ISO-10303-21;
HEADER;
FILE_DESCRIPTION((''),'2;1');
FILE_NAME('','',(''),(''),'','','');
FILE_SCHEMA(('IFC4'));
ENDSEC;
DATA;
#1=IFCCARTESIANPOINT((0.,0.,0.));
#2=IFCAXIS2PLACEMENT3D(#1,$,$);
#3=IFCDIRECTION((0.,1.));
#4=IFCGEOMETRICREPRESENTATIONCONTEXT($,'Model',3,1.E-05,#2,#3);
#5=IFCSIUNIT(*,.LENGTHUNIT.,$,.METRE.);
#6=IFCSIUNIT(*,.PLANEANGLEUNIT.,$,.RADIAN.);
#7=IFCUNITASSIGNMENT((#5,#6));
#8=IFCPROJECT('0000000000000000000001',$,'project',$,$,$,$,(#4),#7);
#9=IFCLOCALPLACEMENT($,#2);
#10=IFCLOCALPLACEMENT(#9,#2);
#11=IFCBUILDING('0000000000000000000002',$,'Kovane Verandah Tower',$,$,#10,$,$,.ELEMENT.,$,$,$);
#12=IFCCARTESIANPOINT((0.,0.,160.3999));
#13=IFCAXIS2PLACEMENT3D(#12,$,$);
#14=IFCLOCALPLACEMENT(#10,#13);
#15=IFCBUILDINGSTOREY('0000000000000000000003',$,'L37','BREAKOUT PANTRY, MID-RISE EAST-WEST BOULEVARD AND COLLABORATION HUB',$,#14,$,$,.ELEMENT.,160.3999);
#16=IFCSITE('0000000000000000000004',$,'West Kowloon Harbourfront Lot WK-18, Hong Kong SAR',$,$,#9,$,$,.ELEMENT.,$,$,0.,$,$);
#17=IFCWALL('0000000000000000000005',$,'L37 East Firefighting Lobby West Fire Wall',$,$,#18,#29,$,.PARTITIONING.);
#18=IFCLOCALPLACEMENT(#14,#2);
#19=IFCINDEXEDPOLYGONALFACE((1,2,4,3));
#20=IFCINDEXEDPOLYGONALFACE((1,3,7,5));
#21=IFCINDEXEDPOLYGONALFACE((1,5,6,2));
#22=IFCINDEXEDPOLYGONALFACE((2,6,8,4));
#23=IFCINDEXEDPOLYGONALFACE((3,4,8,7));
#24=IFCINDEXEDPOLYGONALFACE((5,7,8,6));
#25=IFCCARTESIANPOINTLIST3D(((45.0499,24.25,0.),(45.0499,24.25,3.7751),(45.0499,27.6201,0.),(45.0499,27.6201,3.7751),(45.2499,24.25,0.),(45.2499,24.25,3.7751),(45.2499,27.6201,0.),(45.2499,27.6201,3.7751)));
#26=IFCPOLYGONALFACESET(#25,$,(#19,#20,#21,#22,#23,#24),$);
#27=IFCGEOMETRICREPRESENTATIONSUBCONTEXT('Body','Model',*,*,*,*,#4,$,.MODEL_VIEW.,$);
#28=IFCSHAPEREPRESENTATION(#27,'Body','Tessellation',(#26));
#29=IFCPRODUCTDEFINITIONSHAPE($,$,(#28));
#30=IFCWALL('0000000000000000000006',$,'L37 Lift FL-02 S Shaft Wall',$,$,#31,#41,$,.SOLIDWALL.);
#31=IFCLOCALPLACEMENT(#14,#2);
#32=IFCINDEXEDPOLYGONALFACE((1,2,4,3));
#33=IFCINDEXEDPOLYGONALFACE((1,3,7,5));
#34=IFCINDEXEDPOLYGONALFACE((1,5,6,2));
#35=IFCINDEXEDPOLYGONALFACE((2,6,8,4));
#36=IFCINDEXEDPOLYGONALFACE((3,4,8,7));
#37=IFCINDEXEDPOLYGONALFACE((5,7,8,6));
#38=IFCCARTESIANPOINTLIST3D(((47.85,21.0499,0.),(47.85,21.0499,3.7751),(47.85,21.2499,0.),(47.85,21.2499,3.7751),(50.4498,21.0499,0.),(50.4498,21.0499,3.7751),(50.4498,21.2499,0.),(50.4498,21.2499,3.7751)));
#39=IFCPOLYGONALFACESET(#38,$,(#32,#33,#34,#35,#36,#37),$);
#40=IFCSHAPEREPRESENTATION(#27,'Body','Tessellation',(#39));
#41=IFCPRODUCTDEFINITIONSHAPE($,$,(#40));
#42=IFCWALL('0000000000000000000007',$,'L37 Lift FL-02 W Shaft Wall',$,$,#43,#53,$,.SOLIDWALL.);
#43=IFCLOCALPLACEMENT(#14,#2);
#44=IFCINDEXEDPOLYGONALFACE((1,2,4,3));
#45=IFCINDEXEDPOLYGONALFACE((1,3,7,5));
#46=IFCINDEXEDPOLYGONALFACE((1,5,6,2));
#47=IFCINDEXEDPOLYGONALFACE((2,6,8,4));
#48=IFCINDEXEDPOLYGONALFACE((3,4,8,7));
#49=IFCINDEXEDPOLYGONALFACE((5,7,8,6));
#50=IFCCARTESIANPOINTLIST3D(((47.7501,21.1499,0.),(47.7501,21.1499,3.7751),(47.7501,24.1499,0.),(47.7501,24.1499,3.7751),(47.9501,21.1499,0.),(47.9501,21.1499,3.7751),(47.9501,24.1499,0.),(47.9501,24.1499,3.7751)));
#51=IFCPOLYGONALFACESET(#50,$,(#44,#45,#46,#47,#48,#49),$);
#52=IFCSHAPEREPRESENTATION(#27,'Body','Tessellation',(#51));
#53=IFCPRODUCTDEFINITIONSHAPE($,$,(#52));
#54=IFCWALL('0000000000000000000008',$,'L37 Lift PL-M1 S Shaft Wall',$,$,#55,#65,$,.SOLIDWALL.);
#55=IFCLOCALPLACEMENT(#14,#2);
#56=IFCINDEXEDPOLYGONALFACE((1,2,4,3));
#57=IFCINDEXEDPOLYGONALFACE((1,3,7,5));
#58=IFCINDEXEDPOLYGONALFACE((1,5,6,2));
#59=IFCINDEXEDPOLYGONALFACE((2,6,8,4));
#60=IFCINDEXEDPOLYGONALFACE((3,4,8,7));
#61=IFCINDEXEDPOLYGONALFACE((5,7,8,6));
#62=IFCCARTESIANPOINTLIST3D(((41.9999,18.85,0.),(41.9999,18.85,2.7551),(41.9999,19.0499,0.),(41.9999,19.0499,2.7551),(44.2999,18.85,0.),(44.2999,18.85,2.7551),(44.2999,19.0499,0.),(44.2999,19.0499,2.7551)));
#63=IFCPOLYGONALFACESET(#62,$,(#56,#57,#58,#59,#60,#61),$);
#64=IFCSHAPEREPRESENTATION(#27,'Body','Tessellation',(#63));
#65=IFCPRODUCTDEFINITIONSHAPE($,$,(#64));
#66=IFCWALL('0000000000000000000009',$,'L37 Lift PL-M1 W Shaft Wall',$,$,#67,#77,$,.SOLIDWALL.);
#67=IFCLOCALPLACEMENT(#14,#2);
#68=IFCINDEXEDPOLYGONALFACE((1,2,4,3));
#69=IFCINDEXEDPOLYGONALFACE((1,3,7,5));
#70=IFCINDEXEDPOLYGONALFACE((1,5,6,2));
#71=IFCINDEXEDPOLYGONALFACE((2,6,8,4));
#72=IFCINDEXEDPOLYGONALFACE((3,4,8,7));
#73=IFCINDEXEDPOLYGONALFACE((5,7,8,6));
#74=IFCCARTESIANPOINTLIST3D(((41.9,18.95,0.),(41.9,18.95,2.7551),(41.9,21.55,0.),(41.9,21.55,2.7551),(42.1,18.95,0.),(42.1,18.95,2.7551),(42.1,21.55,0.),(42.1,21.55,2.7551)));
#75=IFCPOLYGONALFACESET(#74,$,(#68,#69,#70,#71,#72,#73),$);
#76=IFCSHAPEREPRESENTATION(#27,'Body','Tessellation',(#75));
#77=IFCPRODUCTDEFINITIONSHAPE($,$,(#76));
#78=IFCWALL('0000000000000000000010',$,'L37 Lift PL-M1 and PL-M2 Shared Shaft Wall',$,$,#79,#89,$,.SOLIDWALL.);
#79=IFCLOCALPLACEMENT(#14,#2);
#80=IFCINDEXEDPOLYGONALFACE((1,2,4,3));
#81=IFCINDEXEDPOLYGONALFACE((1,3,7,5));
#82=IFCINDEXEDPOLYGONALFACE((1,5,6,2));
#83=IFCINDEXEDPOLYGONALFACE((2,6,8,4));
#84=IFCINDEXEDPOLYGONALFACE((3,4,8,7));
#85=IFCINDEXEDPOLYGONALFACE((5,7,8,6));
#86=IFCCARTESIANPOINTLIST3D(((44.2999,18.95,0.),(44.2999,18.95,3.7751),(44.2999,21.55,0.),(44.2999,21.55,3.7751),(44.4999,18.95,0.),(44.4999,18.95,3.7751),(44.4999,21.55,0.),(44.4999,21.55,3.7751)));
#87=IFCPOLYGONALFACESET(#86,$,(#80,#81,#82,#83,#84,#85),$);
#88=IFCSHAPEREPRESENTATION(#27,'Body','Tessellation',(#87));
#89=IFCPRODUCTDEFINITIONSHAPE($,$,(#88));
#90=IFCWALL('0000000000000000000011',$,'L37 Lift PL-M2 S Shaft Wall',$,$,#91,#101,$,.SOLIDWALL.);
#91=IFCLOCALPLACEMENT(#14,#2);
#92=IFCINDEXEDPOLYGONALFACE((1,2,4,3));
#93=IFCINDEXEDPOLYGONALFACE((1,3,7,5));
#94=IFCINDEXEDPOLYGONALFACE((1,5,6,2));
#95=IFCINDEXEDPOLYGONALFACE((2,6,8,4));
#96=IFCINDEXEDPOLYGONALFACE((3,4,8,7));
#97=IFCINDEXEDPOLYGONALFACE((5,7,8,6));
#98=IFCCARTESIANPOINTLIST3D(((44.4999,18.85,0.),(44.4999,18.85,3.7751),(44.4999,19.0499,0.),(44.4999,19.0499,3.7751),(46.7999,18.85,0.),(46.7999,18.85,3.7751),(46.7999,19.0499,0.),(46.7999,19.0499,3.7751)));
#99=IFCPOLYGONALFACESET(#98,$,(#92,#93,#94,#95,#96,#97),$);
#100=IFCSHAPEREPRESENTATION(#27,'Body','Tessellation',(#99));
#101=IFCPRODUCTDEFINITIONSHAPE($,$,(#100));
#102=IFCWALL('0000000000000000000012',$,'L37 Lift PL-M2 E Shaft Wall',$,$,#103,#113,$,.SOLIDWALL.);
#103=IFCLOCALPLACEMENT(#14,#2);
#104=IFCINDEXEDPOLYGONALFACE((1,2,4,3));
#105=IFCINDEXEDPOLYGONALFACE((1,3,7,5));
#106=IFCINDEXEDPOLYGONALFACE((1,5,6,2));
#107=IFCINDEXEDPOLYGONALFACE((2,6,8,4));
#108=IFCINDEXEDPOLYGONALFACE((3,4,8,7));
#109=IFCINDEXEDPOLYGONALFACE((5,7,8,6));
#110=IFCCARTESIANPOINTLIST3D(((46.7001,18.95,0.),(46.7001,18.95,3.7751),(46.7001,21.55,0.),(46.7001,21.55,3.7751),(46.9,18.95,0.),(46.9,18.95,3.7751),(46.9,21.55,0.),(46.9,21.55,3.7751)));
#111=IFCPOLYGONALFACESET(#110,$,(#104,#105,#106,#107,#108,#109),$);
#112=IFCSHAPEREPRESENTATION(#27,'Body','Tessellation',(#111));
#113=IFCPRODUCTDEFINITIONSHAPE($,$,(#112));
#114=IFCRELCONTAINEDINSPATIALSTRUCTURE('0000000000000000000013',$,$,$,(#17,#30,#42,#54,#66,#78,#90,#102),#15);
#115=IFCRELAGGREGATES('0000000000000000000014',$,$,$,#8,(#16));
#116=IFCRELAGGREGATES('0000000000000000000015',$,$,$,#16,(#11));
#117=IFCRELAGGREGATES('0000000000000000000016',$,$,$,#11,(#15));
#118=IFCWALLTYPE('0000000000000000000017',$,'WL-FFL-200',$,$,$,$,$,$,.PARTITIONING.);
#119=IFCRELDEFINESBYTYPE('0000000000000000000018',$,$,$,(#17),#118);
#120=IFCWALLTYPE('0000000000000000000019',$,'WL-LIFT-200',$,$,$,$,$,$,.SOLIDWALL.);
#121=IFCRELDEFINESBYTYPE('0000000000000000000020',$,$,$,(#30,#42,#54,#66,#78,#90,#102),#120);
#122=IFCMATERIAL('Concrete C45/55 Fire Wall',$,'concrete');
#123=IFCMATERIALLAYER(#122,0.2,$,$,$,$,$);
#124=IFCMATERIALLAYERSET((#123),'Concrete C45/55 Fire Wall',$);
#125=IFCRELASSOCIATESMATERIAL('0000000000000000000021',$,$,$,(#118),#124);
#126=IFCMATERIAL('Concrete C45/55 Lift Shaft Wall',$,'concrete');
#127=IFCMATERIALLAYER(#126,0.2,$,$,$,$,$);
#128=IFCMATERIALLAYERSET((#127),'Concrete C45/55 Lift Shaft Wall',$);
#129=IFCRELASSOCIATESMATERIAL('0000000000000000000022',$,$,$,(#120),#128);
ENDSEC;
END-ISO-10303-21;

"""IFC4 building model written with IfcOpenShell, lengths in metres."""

from ifc_helpers import new_model, si_unit, direction, frame, frame_2d, origin, place, context, subcontext, project, spatial, rectangle, extrude, material, layer, layer_set, type_object, element, save


model = new_model("IFC4")

# Units and contexts
model_context = context("Model", 3, precision=1e-05, world=origin(), true_north=direction((0.0, 1.0)))
body_context = subcontext(model_context, "Body", "Model", "MODEL_VIEW")
ifc_project = project(units=[si_unit("LENGTHUNIT", "METRE"), si_unit("PLANEANGLEUNIT", "RADIAN")], contexts=[model_context])

# Site, building, storey
site_placement = place(None, origin())
site = spatial("IfcSite", under=ifc_project, at=site_placement, Name="West Kowloon Harbourfront Lot WK-18, Hong Kong SAR", CompositionType="ELEMENT", RefElevation=0.0)
building_placement = place(site_placement, origin())
building = spatial("IfcBuilding", under=site, at=building_placement, Name="Kovane Verandah Tower", CompositionType="ELEMENT")
storey_placement = place(building_placement, frame((0.0, 0.0, 160.3999)))
storey = spatial("IfcBuildingStorey", under=building, at=storey_placement, Name="L37", Description="BREAKOUT PANTRY, MID-RISE EAST-WEST BOULEVARD AND COLLABORATION HUB", CompositionType="ELEMENT", Elevation=160.3999)

# Wall
ifc_material_1 = material(Name="Concrete C45/55 Fire Wall", Category="concrete")
ifc_layer_1 = layer(ifc_material_1, 0.2)
ifc_layer_set_1 = layer_set([ifc_layer_1], Name="Concrete C45/55 Fire Wall")
wall_type_1 = type_object("IfcWallType", Name="WL-FFL-200", PredefinedType="PARTITIONING", material=ifc_layer_set_1)
wall_1_placement = place(storey_placement, frame((45.1499, 24.25, 0.0), z_axis=(0.0, 0.0, 1.0), x_axis=(0.0, 1.0, 0.0)))
element("IfcWall", 1, at=wall_1_placement, inside=storey, type_object=wall_type_1, Name="L37 East Firefighting Lobby West Fire Wall", PredefinedType="PARTITIONING", context=body_context, shape_type="SweptSolid", body=[
    extrude(rectangle(XDim=3.3701, YDim=0.2, at=frame_2d((1.6851, 0.0))), origin(), (0.0, 0.0, 1.0), 3.7751),
])

# Wall
ifc_material_2 = material(Name="Concrete C45/55 Lift Shaft Wall", Category="concrete")
ifc_layer_2 = layer(ifc_material_2, 0.2)
ifc_layer_set_2 = layer_set([ifc_layer_2], Name="Concrete C45/55 Lift Shaft Wall")
wall_type_2 = type_object("IfcWallType", Name="WL-LIFT-200", PredefinedType="SOLIDWALL", material=ifc_layer_set_2)
wall_2_placement = place(storey_placement, frame((47.8501, 21.1499, 0.0), z_axis=(0.0, 0.0, 1.0), x_axis=(1.0, 0.0, 0.0)))
element("IfcWall", 2, at=wall_2_placement, inside=storey, type_object=wall_type_2, Name="L37 Lift FL-02 S Shaft Wall", PredefinedType="SOLIDWALL", context=body_context, shape_type="SweptSolid", body=[
    extrude(rectangle(XDim=2.5999, YDim=0.2, at=frame_2d((1.2998, 0.0))), origin(), (0.0, 0.0, 1.0), 3.7751),
])

# Walls
wall_3_placement = place(storey_placement, frame((47.8501, 24.1499, 0.0), z_axis=(0.0, 0.0, 1.0), x_axis=(0.0, -1.0, 0.0)))
element("IfcWall", 3, at=wall_3_placement, inside=storey, type_object=wall_type_2, Name="L37 Lift FL-02 W Shaft Wall", PredefinedType="SOLIDWALL", context=body_context, shape_type="SweptSolid", body=[
    extrude(rectangle(XDim=3.0, YDim=0.2, at=frame_2d((1.5, 0.0))), origin(), (0.0, 0.0, 1.0), 3.7751),
])
wall_4_placement = place(storey_placement, frame((42.0, 18.95, 0.0), z_axis=(0.0, 0.0, 1.0), x_axis=(1.0, 0.0, 0.0)))
element("IfcWall", 4, at=wall_4_placement, inside=storey, type_object=wall_type_2, Name="L37 Lift PL-M1 S Shaft Wall", PredefinedType="SOLIDWALL", context=body_context, shape_type="SweptSolid", body=[
    extrude(rectangle(XDim=2.3, YDim=0.2, at=frame_2d((1.1499, 0.0))), origin(), (0.0, 0.0, 1.0), 2.7551),
])

# Walls
wall_5_placement = place(storey_placement, frame((42.0, 21.55, 0.0), z_axis=(0.0, 0.0, 1.0), x_axis=(0.0, -1.0, 0.0)))
element("IfcWall", 5, at=wall_5_placement, inside=storey, type_object=wall_type_2, Name="L37 Lift PL-M1 W Shaft Wall", PredefinedType="SOLIDWALL", context=body_context, shape_type="SweptSolid", body=[
    extrude(rectangle(XDim=2.6001, YDim=0.2, at=frame_2d((1.3, 0.0))), origin(), (0.0, 0.0, 1.0), 2.7551),
])
wall_6_placement = place(storey_placement, frame((44.3999, 18.95, 0.0), z_axis=(0.0, 0.0, 1.0), x_axis=(0.0, 1.0, 0.0)))
element("IfcWall", 6, at=wall_6_placement, inside=storey, type_object=wall_type_2, Name="L37 Lift PL-M1 and PL-M2 Shared Shaft Wall", PredefinedType="SOLIDWALL", context=body_context, shape_type="SweptSolid", body=[
    extrude(rectangle(XDim=2.6001, YDim=0.2, at=frame_2d((1.3, 0.0))), origin(), (0.0, 0.0, 1.0), 3.7751),
])
wall_7_placement = place(storey_placement, frame((44.5, 18.95, 0.0), z_axis=(0.0, 0.0, 1.0), x_axis=(1.0, 0.0, 0.0)))
element("IfcWall", 7, at=wall_7_placement, inside=storey, type_object=wall_type_2, Name="L37 Lift PL-M2 S Shaft Wall", PredefinedType="SOLIDWALL", context=body_context, shape_type="SweptSolid", body=[
    extrude(rectangle(XDim=2.3, YDim=0.2, at=frame_2d((1.1499, 0.0))), origin(), (0.0, 0.0, 1.0), 3.7751),
])

# Wall
wall_8_placement = place(storey_placement, frame((46.8, 18.95, 0.0), z_axis=(0.0, 0.0, 1.0), x_axis=(0.0, 1.0, 0.0)))
element("IfcWall", 8, at=wall_8_placement, inside=storey, type_object=wall_type_2, Name="L37 Lift PL-M2 E Shaft Wall", PredefinedType="SOLIDWALL", context=body_context, shape_type="SweptSolid", body=[
    extrude(rectangle(XDim=2.6001, YDim=0.2, at=frame_2d((1.3, 0.0))), origin(), (0.0, 0.0, 1.0), 3.7751),
])

save(model, "model.ifc")
